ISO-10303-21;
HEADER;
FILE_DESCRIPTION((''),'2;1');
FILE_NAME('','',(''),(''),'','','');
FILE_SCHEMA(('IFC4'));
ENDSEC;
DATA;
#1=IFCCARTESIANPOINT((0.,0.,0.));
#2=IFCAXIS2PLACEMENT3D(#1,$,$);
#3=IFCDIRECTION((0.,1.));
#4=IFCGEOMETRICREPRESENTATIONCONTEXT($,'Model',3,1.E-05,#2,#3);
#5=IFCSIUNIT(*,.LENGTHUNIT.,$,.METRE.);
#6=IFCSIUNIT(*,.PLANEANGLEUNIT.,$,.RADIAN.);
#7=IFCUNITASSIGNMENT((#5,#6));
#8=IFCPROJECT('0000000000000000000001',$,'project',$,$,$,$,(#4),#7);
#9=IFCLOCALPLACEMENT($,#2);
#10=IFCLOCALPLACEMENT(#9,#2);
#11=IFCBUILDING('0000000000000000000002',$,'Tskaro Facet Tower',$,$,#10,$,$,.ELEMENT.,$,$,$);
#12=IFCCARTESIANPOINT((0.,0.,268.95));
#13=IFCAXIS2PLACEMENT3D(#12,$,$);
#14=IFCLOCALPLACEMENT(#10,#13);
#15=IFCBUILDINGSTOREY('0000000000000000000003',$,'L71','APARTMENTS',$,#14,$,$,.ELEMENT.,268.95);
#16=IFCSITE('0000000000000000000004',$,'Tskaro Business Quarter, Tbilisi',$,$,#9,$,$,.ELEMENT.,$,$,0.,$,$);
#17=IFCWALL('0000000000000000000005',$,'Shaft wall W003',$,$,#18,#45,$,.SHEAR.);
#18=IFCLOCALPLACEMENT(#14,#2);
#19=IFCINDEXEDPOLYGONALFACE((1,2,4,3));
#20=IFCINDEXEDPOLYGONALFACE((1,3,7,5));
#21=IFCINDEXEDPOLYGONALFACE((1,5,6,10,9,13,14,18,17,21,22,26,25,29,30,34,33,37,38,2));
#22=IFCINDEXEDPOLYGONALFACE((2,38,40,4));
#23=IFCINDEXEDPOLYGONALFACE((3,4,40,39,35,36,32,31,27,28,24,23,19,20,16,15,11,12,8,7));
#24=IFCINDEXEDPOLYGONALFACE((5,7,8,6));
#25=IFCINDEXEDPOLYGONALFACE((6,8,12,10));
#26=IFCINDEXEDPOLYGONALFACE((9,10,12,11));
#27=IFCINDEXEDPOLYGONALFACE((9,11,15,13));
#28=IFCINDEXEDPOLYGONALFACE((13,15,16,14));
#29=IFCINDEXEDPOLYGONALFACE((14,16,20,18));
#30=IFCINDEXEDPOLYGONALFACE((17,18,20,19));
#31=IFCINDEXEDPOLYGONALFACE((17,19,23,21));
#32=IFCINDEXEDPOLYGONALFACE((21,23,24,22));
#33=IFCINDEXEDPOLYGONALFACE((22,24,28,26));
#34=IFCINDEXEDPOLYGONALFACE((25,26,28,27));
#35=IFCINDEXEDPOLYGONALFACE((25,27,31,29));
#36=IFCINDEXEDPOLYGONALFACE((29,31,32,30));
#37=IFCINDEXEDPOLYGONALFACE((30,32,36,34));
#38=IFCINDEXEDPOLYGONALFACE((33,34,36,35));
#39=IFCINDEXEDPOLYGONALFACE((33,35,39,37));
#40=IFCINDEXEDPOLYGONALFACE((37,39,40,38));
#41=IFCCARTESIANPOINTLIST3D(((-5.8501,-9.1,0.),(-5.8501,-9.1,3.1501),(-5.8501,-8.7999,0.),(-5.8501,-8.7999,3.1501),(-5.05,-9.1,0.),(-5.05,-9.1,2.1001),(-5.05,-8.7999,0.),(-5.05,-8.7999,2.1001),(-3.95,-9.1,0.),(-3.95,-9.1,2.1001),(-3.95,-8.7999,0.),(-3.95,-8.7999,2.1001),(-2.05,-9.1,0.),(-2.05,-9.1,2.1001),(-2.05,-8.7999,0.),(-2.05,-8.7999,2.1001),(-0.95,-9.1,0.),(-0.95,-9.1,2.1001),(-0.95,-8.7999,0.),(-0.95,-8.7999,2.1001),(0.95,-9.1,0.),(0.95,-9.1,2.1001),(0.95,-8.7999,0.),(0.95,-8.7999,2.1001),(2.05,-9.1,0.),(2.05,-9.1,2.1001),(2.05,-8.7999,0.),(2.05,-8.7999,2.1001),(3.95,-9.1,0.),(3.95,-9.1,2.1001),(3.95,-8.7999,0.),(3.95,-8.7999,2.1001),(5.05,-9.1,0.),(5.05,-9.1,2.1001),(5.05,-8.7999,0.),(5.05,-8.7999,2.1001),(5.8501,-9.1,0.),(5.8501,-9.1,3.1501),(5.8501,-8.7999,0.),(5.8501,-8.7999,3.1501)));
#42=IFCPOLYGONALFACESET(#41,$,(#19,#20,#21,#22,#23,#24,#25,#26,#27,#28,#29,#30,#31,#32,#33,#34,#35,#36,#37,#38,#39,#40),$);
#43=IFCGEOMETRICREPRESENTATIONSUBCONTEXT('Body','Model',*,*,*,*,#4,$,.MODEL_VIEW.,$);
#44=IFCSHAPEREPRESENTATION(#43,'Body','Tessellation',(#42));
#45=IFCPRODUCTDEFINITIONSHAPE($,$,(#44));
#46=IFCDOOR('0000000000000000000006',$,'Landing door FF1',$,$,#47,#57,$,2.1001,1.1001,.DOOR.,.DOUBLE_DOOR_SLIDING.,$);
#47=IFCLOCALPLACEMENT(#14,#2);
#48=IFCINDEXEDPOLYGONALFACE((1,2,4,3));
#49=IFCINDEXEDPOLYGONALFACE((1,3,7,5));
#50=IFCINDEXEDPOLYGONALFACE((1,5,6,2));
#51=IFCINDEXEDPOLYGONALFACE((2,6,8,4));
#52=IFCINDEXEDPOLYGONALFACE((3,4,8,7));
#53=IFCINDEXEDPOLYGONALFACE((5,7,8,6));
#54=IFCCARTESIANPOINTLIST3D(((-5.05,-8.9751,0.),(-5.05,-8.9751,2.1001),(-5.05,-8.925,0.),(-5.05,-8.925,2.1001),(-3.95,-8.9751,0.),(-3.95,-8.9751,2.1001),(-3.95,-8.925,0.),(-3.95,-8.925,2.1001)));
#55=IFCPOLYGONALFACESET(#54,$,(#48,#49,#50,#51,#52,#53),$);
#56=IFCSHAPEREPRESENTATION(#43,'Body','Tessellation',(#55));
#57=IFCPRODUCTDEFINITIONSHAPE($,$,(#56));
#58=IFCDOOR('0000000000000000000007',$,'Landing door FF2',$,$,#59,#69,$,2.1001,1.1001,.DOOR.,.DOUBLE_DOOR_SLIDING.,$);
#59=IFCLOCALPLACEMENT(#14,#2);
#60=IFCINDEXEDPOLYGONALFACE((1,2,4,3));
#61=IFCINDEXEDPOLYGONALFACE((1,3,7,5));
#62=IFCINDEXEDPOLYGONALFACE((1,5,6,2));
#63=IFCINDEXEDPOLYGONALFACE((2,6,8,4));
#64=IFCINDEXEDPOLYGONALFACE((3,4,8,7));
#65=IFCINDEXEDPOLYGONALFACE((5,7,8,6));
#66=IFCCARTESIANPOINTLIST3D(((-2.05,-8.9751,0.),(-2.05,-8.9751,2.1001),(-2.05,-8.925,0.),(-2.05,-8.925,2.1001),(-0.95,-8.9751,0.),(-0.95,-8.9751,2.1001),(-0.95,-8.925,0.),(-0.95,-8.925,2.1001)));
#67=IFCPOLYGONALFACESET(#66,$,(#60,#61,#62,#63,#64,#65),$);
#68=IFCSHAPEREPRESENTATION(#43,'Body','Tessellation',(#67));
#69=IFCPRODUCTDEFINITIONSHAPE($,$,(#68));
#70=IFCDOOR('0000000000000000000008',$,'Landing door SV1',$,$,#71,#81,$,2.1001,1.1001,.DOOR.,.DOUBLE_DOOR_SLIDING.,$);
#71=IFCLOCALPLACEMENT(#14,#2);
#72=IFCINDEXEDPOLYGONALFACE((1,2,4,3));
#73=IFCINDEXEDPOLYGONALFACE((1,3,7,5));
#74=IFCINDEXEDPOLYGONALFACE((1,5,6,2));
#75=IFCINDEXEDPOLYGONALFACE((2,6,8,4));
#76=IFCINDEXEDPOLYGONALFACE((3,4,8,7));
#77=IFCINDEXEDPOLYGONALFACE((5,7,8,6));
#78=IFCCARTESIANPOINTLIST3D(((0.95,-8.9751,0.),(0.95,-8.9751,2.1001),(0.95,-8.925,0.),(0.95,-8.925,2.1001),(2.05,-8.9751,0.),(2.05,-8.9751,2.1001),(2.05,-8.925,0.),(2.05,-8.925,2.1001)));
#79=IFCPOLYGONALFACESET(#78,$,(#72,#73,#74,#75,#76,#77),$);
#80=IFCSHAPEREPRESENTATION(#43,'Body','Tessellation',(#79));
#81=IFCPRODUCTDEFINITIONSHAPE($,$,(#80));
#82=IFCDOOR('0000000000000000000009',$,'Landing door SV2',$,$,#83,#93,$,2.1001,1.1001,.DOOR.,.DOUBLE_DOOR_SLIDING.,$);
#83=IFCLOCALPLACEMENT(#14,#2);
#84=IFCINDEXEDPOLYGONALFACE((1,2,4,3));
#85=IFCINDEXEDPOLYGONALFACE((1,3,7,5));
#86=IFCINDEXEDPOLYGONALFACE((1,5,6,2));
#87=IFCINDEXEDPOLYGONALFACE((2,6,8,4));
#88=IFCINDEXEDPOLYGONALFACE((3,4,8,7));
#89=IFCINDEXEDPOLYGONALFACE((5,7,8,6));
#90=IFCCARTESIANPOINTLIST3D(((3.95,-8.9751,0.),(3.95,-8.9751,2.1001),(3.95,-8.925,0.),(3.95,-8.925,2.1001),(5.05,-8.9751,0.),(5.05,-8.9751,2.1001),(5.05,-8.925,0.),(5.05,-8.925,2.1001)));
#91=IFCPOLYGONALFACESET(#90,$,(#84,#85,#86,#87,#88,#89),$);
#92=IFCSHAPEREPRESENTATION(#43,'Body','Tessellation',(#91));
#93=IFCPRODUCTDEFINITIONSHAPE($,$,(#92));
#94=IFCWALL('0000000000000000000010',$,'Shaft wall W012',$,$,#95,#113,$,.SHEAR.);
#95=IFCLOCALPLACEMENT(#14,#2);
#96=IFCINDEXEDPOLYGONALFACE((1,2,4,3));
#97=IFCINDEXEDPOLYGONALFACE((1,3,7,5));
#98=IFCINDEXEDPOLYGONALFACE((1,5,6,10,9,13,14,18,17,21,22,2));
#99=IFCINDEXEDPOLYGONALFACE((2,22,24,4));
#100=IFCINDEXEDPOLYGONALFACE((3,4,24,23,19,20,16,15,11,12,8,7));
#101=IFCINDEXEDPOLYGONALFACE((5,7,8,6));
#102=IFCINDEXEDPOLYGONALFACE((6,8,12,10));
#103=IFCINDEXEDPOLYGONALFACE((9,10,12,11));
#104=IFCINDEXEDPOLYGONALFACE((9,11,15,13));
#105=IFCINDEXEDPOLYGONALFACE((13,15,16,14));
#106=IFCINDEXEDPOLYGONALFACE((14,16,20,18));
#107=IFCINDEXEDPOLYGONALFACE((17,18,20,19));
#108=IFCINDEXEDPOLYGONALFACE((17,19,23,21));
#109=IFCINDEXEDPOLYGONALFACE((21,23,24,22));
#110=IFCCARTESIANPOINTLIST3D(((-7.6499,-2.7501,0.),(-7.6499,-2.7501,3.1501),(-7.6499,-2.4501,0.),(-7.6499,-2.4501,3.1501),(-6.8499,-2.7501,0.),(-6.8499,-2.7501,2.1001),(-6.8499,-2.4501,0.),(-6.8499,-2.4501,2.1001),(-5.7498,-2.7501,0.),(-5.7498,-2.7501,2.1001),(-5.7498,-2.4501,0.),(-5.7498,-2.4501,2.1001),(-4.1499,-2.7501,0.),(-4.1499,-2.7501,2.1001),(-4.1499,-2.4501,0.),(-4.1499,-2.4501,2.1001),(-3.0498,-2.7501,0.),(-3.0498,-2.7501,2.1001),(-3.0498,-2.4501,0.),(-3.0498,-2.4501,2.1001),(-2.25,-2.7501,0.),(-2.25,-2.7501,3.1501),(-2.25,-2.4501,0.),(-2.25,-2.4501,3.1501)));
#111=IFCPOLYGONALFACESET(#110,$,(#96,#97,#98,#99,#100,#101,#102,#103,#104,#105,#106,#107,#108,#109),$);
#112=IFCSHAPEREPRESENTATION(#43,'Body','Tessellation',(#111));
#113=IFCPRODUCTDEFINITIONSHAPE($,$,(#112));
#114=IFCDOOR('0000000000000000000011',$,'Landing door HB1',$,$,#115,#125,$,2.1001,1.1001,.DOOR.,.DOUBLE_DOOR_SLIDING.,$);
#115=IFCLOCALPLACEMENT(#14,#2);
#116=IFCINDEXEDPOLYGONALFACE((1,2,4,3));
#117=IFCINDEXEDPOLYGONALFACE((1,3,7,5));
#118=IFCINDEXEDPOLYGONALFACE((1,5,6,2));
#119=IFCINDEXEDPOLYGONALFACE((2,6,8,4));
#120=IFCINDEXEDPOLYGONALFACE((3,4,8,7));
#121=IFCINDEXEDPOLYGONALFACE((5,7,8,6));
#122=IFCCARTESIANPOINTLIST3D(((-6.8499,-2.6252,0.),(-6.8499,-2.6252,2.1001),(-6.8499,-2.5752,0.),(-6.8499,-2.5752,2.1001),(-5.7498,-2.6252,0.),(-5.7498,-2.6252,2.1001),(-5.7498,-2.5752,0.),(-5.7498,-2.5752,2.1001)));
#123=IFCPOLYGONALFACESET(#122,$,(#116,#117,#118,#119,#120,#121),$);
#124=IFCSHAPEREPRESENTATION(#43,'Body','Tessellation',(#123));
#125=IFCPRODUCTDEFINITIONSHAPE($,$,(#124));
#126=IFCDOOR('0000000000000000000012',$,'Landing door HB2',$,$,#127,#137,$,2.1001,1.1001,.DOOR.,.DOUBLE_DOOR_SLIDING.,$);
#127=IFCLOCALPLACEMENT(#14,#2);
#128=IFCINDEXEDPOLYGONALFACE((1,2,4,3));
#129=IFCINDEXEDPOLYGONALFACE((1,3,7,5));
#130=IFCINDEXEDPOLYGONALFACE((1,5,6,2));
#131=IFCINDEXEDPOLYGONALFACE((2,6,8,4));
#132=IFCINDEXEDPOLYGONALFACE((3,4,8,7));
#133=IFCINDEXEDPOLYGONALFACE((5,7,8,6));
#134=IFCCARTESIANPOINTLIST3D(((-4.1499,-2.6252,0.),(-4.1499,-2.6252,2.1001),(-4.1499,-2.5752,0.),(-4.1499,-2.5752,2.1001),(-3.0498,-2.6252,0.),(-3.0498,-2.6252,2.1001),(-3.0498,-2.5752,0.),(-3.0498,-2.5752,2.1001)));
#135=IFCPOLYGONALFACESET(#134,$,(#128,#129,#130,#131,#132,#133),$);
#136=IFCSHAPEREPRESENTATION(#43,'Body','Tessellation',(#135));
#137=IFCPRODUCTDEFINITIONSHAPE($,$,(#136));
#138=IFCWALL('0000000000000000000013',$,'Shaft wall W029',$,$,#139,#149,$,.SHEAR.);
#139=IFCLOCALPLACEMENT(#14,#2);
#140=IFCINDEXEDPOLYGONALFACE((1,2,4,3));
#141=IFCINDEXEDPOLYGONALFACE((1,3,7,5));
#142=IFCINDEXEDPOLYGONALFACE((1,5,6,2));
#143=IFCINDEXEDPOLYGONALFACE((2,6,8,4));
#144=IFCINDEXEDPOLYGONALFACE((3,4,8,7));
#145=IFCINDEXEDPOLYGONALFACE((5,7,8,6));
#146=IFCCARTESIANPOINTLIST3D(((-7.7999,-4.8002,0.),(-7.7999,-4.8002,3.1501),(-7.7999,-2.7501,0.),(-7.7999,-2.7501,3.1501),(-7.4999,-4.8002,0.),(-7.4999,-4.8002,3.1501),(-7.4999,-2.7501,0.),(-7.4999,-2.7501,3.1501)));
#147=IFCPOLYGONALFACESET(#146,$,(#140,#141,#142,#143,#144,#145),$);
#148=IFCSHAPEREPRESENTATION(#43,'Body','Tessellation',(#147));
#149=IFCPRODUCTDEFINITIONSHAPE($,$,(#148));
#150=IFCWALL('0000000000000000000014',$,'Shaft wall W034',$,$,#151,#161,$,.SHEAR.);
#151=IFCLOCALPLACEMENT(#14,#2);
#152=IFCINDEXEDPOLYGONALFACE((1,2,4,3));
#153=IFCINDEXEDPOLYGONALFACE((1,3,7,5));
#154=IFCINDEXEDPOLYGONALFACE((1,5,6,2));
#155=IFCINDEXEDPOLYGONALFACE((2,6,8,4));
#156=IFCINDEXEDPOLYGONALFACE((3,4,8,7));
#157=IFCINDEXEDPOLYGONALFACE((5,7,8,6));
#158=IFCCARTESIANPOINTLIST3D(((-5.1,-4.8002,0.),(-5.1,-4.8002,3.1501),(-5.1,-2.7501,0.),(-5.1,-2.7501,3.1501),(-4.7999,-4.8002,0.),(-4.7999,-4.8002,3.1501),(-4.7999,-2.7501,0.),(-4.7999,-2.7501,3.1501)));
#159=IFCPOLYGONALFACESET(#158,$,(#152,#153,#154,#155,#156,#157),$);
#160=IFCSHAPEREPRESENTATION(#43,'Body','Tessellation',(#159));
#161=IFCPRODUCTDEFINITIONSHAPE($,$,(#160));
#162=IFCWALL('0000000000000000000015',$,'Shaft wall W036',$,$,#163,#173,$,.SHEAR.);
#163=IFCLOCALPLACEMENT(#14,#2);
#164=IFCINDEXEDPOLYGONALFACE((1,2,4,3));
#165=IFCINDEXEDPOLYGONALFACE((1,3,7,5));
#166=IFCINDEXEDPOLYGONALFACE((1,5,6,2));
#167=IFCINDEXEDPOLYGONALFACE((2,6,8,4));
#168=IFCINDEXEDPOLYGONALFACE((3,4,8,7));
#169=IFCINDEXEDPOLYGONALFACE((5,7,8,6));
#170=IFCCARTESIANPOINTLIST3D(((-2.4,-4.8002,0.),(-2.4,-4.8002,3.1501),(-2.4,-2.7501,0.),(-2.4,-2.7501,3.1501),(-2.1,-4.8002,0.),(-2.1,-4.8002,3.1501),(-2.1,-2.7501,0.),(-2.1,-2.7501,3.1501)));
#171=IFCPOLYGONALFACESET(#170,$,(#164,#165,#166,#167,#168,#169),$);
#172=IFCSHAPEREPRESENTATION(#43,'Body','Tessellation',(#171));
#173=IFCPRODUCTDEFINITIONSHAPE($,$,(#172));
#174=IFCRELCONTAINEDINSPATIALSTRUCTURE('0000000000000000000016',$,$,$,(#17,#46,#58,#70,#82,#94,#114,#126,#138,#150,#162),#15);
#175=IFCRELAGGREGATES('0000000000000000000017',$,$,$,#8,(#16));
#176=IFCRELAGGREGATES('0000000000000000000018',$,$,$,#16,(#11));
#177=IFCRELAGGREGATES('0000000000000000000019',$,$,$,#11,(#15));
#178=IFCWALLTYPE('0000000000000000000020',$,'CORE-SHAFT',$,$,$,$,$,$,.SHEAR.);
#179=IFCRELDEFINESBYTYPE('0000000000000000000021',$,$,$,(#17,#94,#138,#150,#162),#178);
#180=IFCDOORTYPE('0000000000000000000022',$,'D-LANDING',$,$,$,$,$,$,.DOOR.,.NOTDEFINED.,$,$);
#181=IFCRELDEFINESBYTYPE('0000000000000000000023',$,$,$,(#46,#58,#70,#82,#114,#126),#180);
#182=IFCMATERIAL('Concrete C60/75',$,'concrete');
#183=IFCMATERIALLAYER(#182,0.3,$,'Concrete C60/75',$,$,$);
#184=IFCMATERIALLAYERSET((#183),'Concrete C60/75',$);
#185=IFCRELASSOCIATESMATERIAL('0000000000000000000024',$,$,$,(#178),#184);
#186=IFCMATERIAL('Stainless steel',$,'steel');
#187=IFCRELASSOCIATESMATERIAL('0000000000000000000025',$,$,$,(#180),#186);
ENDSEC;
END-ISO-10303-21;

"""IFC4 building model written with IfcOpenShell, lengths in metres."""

from ifc_helpers import new_model, si_unit, direction, frame, frame_2d, origin, place, context, subcontext, project, spatial, rectangle, extrude, material, layer, layer_set, type_object, element, fill, save


model = new_model("IFC4")

# Units and contexts
model_context = context("Model", 3, precision=1e-05, world=origin(), true_north=direction((0.0, 1.0)))
body_context = subcontext(model_context, "Body", "Model", "MODEL_VIEW")
ifc_project = project(units=[si_unit("LENGTHUNIT", "METRE"), si_unit("PLANEANGLEUNIT", "RADIAN")], contexts=[model_context])

# Site, building, storey
site_placement = place(None, origin())
site = spatial("IfcSite", under=ifc_project, at=site_placement, Name="Tskaro Business Quarter, Tbilisi", CompositionType="ELEMENT", RefElevation=0.0)
building_placement = place(site_placement, origin())
building = spatial("IfcBuilding", under=site, at=building_placement, Name="Tskaro Facet Tower", CompositionType="ELEMENT")
storey_placement = place(building_placement, frame((0.0, 0.0, 268.95)))
storey = spatial("IfcBuildingStorey", under=building, at=storey_placement, Name="L71", Description="APARTMENTS", CompositionType="ELEMENT", Elevation=268.95)

# Walls, openings, doors
ifc_material_1 = material(Name="Concrete C60/75", Category="concrete")
ifc_layer_1 = layer(ifc_material_1, 0.3, Name="Concrete C60/75")
ifc_layer_set_1 = layer_set([ifc_layer_1], Name="Concrete C60/75")
wall_type_1 = type_object("IfcWallType", Name="CORE-SHAFT", PredefinedType="SHEAR", material=ifc_layer_set_1)
wall_1_placement = place(storey_placement, frame((-5.8501, -8.95, 0.0), z_axis=(0.0, 0.0, 1.0), x_axis=(1.0, 0.0, 0.0)))
wall_1 = element("IfcWall", 1, at=wall_1_placement, inside=storey, type_object=wall_type_1, Name="Shaft wall W003", PredefinedType="SHEAR", context=body_context, shape_type="SweptSolid", body=[
    extrude(rectangle(XDim=11.7002, YDim=0.3, at=frame_2d((5.8501, 0.0))), origin(), (0.0, 0.0, 1.0), 3.1501),
])
opening_1_placement = place(wall_1_placement, frame((0.8, 0.0, 0.0)))
opening_1 = element("IfcOpeningElement", 2, at=opening_1_placement, cuts=wall_1, PredefinedType="OPENING", context=body_context, shape_type="SweptSolid", body=[
    extrude(rectangle(XDim=1.1001, YDim=2.1001, at=frame_2d((0.55, 1.05))), frame((0.0, 0.1599, 0.0), z_axis=(0.0, -1.0, 0.0), x_axis=(1.0, 0.0, 0.0)), (0.0, 0.0, 1.0), 0.3201),
])
opening_2_placement = place(wall_1_placement, frame((3.8, 0.0, 0.0)))
opening_2 = element("IfcOpeningElement", 3, at=opening_2_placement, cuts=wall_1, PredefinedType="OPENING", context=body_context, shape_type="SweptSolid", body=[
    extrude(rectangle(XDim=1.1001, YDim=2.1001, at=frame_2d((0.55, 1.05))), frame((0.0, 0.1599, 0.0), z_axis=(0.0, -1.0, 0.0), x_axis=(1.0, 0.0, 0.0)), (0.0, 0.0, 1.0), 0.3201),
])
opening_3_placement = place(wall_1_placement, frame((6.8, 0.0, 0.0)))
opening_3 = element("IfcOpeningElement", 4, at=opening_3_placement, cuts=wall_1, PredefinedType="OPENING", context=body_context, shape_type="SweptSolid", body=[
    extrude(rectangle(XDim=1.1001, YDim=2.1001, at=frame_2d((0.55, 1.05))), frame((0.0, 0.1599, 0.0), z_axis=(0.0, -1.0, 0.0), x_axis=(1.0, 0.0, 0.0)), (0.0, 0.0, 1.0), 0.3201),
])
opening_4_placement = place(wall_1_placement, frame((9.8, 0.0, 0.0)))
opening_4 = element("IfcOpeningElement", 5, at=opening_4_placement, cuts=wall_1, PredefinedType="OPENING", context=body_context, shape_type="SweptSolid", body=[
    extrude(rectangle(XDim=1.1001, YDim=2.1001, at=frame_2d((0.55, 1.05))), frame((0.0, 0.1599, 0.0), z_axis=(0.0, -1.0, 0.0), x_axis=(1.0, 0.0, 0.0)), (0.0, 0.0, 1.0), 0.3201),
])
ifc_material_2 = material(Name="Stainless steel", Category="steel")
door_type_1 = type_object("IfcDoorType", Name="D-LANDING", OperationType="NOTDEFINED", PredefinedType="DOOR", material=ifc_material_2)
door_1_placement = place(opening_1_placement, origin())
door_1 = element("IfcDoor", 6, at=door_1_placement, inside=storey, type_object=door_type_1, Name="Landing door FF1", OperationType="DOUBLE_DOOR_SLIDING", OverallHeight=2.1001, OverallWidth=1.1001, PredefinedType="DOOR", context=body_context, shape_type="SweptSolid", body=[
    extrude(rectangle(XDim=1.1001, YDim=2.1001, at=frame_2d((0.55, 1.05))), frame((0.0, 0.0249, 0.0), z_axis=(0.0, -1.0, 0.0), x_axis=(1.0, 0.0, 0.0)), (0.0, 0.0, 1.0), 0.05),
])
fill(opening_1, door_1)
door_2_placement = place(opening_2_placement, origin())
door_2 = element("IfcDoor", 7, at=door_2_placement, inside=storey, type_object=door_type_1, Name="Landing door FF2", OperationType="DOUBLE_DOOR_SLIDING", OverallHeight=2.1001, OverallWidth=1.1001, PredefinedType="DOOR", context=body_context, shape_type="SweptSolid", body=[
    extrude(rectangle(XDim=1.1001, YDim=2.1001, at=frame_2d((0.55, 1.05))), frame((0.0, 0.0249, 0.0), z_axis=(0.0, -1.0, 0.0), x_axis=(1.0, 0.0, 0.0)), (0.0, 0.0, 1.0), 0.05),
])
fill(opening_2, door_2)
door_3_placement = place(opening_3_placement, origin())
door_3 = element("IfcDoor", 8, at=door_3_placement, inside=storey, type_object=door_type_1, Name="Landing door SV1", OperationType="DOUBLE_DOOR_SLIDING", OverallHeight=2.1001, OverallWidth=1.1001, PredefinedType="DOOR", context=body_context, shape_type="SweptSolid", body=[
    extrude(rectangle(XDim=1.1001, YDim=2.1001, at=frame_2d((0.55, 1.05))), frame((0.0, 0.0249, 0.0), z_axis=(0.0, -1.0, 0.0), x_axis=(1.0, 0.0, 0.0)), (0.0, 0.0, 1.0), 0.05),
])
fill(opening_3, door_3)
door_4_placement = place(opening_4_placement, origin())
door_4 = element("IfcDoor", 9, at=door_4_placement, inside=storey, type_object=door_type_1, Name="Landing door SV2", OperationType="DOUBLE_DOOR_SLIDING", OverallHeight=2.1001, OverallWidth=1.1001, PredefinedType="DOOR", context=body_context, shape_type="SweptSolid", body=[
    extrude(rectangle(XDim=1.1001, YDim=2.1001, at=frame_2d((0.55, 1.05))), frame((0.0, 0.0249, 0.0), z_axis=(0.0, -1.0, 0.0), x_axis=(1.0, 0.0, 0.0)), (0.0, 0.0, 1.0), 0.05),
])
fill(opening_4, door_4)
wall_2_placement = place(storey_placement, frame((-7.6499, -2.6001, 0.0), z_axis=(0.0, 0.0, 1.0), x_axis=(1.0, 0.0, 0.0)))
wall_2 = element("IfcWall", 10, at=wall_2_placement, inside=storey, type_object=wall_type_1, Name="Shaft wall W012", PredefinedType="SHEAR", context=body_context, shape_type="SweptSolid", body=[
    extrude(rectangle(XDim=5.3999, YDim=0.3, at=frame_2d((2.7, 0.0))), origin(), (0.0, 0.0, 1.0), 3.1501),
])
opening_5_placement = place(wall_2_placement, frame((0.8, 0.0, 0.0)))
opening_5 = element("IfcOpeningElement", 11, at=opening_5_placement, cuts=wall_2, PredefinedType="OPENING", context=body_context, shape_type="SweptSolid", body=[
    extrude(rectangle(XDim=1.1001, YDim=2.1001, at=frame_2d((0.55, 1.05))), frame((0.0, 0.1599, 0.0), z_axis=(0.0, -1.0, 0.0), x_axis=(1.0, 0.0, 0.0)), (0.0, 0.0, 1.0), 0.3201),
])
opening_6_placement = place(wall_2_placement, frame((3.5, 0.0, 0.0)))
opening_6 = element("IfcOpeningElement", 12, at=opening_6_placement, cuts=wall_2, PredefinedType="OPENING", context=body_context, shape_type="SweptSolid", body=[
    extrude(rectangle(XDim=1.1001, YDim=2.1001, at=frame_2d((0.55, 1.05))), frame((0.0, 0.1599, 0.0), z_axis=(0.0, -1.0, 0.0), x_axis=(1.0, 0.0, 0.0)), (0.0, 0.0, 1.0), 0.3201),
])
door_5_placement = place(opening_5_placement, origin())
door_5 = element("IfcDoor", 13, at=door_5_placement, inside=storey, type_object=door_type_1, Name="Landing door HB1", OperationType="DOUBLE_DOOR_SLIDING", OverallHeight=2.1001, OverallWidth=1.1001, PredefinedType="DOOR", context=body_context, shape_type="SweptSolid", body=[
    extrude(rectangle(XDim=1.1001, YDim=2.1001, at=frame_2d((0.55, 1.05))), frame((0.0, 0.0249, 0.0), z_axis=(0.0, -1.0, 0.0), x_axis=(1.0, 0.0, 0.0)), (0.0, 0.0, 1.0), 0.05),
])
fill(opening_5, door_5)
door_6_placement = place(opening_6_placement, origin())
door_6 = element("IfcDoor", 14, at=door_6_placement, inside=storey, type_object=door_type_1, Name="Landing door HB2", OperationType="DOUBLE_DOOR_SLIDING", OverallHeight=2.1001, OverallWidth=1.1001, PredefinedType="DOOR", context=body_context, shape_type="SweptSolid", body=[
    extrude(rectangle(XDim=1.1001, YDim=2.1001, at=frame_2d((0.55, 1.05))), frame((0.0, 0.0249, 0.0), z_axis=(0.0, -1.0, 0.0), x_axis=(1.0, 0.0, 0.0)), (0.0, 0.0, 1.0), 0.05),
])
fill(opening_6, door_6)

# Walls
for number, where, z_axis, x_axis, name in (
    (15, (-7.6499, -4.8, 0.0), (0.0, 0.0, 1.0), (0.0, 1.0, 0.0), "Shaft wall W029"),
    (16, (-4.95, -4.8, 0.0), (0.0, 0.0, 1.0), (0.0, 1.0, 0.0), "Shaft wall W034"),
    (17, (-2.25, -4.8, 0.0), (0.0, 0.0, 1.0), (0.0, 1.0, 0.0), "Shaft wall W036"),
):
    element("IfcWall", number, at=place(storey_placement, frame(where, z_axis=z_axis, x_axis=x_axis)), inside=storey, type_object=wall_type_1, Name=name, PredefinedType="SHEAR", context=body_context, shape_type="SweptSolid", body=[
        extrude(rectangle(XDim=2.05, YDim=0.3, at=frame_2d((1.0249, 0.0))), origin(), (0.0, 0.0, 1.0), 3.1501),
    ])

save(model, "model.ifc")
